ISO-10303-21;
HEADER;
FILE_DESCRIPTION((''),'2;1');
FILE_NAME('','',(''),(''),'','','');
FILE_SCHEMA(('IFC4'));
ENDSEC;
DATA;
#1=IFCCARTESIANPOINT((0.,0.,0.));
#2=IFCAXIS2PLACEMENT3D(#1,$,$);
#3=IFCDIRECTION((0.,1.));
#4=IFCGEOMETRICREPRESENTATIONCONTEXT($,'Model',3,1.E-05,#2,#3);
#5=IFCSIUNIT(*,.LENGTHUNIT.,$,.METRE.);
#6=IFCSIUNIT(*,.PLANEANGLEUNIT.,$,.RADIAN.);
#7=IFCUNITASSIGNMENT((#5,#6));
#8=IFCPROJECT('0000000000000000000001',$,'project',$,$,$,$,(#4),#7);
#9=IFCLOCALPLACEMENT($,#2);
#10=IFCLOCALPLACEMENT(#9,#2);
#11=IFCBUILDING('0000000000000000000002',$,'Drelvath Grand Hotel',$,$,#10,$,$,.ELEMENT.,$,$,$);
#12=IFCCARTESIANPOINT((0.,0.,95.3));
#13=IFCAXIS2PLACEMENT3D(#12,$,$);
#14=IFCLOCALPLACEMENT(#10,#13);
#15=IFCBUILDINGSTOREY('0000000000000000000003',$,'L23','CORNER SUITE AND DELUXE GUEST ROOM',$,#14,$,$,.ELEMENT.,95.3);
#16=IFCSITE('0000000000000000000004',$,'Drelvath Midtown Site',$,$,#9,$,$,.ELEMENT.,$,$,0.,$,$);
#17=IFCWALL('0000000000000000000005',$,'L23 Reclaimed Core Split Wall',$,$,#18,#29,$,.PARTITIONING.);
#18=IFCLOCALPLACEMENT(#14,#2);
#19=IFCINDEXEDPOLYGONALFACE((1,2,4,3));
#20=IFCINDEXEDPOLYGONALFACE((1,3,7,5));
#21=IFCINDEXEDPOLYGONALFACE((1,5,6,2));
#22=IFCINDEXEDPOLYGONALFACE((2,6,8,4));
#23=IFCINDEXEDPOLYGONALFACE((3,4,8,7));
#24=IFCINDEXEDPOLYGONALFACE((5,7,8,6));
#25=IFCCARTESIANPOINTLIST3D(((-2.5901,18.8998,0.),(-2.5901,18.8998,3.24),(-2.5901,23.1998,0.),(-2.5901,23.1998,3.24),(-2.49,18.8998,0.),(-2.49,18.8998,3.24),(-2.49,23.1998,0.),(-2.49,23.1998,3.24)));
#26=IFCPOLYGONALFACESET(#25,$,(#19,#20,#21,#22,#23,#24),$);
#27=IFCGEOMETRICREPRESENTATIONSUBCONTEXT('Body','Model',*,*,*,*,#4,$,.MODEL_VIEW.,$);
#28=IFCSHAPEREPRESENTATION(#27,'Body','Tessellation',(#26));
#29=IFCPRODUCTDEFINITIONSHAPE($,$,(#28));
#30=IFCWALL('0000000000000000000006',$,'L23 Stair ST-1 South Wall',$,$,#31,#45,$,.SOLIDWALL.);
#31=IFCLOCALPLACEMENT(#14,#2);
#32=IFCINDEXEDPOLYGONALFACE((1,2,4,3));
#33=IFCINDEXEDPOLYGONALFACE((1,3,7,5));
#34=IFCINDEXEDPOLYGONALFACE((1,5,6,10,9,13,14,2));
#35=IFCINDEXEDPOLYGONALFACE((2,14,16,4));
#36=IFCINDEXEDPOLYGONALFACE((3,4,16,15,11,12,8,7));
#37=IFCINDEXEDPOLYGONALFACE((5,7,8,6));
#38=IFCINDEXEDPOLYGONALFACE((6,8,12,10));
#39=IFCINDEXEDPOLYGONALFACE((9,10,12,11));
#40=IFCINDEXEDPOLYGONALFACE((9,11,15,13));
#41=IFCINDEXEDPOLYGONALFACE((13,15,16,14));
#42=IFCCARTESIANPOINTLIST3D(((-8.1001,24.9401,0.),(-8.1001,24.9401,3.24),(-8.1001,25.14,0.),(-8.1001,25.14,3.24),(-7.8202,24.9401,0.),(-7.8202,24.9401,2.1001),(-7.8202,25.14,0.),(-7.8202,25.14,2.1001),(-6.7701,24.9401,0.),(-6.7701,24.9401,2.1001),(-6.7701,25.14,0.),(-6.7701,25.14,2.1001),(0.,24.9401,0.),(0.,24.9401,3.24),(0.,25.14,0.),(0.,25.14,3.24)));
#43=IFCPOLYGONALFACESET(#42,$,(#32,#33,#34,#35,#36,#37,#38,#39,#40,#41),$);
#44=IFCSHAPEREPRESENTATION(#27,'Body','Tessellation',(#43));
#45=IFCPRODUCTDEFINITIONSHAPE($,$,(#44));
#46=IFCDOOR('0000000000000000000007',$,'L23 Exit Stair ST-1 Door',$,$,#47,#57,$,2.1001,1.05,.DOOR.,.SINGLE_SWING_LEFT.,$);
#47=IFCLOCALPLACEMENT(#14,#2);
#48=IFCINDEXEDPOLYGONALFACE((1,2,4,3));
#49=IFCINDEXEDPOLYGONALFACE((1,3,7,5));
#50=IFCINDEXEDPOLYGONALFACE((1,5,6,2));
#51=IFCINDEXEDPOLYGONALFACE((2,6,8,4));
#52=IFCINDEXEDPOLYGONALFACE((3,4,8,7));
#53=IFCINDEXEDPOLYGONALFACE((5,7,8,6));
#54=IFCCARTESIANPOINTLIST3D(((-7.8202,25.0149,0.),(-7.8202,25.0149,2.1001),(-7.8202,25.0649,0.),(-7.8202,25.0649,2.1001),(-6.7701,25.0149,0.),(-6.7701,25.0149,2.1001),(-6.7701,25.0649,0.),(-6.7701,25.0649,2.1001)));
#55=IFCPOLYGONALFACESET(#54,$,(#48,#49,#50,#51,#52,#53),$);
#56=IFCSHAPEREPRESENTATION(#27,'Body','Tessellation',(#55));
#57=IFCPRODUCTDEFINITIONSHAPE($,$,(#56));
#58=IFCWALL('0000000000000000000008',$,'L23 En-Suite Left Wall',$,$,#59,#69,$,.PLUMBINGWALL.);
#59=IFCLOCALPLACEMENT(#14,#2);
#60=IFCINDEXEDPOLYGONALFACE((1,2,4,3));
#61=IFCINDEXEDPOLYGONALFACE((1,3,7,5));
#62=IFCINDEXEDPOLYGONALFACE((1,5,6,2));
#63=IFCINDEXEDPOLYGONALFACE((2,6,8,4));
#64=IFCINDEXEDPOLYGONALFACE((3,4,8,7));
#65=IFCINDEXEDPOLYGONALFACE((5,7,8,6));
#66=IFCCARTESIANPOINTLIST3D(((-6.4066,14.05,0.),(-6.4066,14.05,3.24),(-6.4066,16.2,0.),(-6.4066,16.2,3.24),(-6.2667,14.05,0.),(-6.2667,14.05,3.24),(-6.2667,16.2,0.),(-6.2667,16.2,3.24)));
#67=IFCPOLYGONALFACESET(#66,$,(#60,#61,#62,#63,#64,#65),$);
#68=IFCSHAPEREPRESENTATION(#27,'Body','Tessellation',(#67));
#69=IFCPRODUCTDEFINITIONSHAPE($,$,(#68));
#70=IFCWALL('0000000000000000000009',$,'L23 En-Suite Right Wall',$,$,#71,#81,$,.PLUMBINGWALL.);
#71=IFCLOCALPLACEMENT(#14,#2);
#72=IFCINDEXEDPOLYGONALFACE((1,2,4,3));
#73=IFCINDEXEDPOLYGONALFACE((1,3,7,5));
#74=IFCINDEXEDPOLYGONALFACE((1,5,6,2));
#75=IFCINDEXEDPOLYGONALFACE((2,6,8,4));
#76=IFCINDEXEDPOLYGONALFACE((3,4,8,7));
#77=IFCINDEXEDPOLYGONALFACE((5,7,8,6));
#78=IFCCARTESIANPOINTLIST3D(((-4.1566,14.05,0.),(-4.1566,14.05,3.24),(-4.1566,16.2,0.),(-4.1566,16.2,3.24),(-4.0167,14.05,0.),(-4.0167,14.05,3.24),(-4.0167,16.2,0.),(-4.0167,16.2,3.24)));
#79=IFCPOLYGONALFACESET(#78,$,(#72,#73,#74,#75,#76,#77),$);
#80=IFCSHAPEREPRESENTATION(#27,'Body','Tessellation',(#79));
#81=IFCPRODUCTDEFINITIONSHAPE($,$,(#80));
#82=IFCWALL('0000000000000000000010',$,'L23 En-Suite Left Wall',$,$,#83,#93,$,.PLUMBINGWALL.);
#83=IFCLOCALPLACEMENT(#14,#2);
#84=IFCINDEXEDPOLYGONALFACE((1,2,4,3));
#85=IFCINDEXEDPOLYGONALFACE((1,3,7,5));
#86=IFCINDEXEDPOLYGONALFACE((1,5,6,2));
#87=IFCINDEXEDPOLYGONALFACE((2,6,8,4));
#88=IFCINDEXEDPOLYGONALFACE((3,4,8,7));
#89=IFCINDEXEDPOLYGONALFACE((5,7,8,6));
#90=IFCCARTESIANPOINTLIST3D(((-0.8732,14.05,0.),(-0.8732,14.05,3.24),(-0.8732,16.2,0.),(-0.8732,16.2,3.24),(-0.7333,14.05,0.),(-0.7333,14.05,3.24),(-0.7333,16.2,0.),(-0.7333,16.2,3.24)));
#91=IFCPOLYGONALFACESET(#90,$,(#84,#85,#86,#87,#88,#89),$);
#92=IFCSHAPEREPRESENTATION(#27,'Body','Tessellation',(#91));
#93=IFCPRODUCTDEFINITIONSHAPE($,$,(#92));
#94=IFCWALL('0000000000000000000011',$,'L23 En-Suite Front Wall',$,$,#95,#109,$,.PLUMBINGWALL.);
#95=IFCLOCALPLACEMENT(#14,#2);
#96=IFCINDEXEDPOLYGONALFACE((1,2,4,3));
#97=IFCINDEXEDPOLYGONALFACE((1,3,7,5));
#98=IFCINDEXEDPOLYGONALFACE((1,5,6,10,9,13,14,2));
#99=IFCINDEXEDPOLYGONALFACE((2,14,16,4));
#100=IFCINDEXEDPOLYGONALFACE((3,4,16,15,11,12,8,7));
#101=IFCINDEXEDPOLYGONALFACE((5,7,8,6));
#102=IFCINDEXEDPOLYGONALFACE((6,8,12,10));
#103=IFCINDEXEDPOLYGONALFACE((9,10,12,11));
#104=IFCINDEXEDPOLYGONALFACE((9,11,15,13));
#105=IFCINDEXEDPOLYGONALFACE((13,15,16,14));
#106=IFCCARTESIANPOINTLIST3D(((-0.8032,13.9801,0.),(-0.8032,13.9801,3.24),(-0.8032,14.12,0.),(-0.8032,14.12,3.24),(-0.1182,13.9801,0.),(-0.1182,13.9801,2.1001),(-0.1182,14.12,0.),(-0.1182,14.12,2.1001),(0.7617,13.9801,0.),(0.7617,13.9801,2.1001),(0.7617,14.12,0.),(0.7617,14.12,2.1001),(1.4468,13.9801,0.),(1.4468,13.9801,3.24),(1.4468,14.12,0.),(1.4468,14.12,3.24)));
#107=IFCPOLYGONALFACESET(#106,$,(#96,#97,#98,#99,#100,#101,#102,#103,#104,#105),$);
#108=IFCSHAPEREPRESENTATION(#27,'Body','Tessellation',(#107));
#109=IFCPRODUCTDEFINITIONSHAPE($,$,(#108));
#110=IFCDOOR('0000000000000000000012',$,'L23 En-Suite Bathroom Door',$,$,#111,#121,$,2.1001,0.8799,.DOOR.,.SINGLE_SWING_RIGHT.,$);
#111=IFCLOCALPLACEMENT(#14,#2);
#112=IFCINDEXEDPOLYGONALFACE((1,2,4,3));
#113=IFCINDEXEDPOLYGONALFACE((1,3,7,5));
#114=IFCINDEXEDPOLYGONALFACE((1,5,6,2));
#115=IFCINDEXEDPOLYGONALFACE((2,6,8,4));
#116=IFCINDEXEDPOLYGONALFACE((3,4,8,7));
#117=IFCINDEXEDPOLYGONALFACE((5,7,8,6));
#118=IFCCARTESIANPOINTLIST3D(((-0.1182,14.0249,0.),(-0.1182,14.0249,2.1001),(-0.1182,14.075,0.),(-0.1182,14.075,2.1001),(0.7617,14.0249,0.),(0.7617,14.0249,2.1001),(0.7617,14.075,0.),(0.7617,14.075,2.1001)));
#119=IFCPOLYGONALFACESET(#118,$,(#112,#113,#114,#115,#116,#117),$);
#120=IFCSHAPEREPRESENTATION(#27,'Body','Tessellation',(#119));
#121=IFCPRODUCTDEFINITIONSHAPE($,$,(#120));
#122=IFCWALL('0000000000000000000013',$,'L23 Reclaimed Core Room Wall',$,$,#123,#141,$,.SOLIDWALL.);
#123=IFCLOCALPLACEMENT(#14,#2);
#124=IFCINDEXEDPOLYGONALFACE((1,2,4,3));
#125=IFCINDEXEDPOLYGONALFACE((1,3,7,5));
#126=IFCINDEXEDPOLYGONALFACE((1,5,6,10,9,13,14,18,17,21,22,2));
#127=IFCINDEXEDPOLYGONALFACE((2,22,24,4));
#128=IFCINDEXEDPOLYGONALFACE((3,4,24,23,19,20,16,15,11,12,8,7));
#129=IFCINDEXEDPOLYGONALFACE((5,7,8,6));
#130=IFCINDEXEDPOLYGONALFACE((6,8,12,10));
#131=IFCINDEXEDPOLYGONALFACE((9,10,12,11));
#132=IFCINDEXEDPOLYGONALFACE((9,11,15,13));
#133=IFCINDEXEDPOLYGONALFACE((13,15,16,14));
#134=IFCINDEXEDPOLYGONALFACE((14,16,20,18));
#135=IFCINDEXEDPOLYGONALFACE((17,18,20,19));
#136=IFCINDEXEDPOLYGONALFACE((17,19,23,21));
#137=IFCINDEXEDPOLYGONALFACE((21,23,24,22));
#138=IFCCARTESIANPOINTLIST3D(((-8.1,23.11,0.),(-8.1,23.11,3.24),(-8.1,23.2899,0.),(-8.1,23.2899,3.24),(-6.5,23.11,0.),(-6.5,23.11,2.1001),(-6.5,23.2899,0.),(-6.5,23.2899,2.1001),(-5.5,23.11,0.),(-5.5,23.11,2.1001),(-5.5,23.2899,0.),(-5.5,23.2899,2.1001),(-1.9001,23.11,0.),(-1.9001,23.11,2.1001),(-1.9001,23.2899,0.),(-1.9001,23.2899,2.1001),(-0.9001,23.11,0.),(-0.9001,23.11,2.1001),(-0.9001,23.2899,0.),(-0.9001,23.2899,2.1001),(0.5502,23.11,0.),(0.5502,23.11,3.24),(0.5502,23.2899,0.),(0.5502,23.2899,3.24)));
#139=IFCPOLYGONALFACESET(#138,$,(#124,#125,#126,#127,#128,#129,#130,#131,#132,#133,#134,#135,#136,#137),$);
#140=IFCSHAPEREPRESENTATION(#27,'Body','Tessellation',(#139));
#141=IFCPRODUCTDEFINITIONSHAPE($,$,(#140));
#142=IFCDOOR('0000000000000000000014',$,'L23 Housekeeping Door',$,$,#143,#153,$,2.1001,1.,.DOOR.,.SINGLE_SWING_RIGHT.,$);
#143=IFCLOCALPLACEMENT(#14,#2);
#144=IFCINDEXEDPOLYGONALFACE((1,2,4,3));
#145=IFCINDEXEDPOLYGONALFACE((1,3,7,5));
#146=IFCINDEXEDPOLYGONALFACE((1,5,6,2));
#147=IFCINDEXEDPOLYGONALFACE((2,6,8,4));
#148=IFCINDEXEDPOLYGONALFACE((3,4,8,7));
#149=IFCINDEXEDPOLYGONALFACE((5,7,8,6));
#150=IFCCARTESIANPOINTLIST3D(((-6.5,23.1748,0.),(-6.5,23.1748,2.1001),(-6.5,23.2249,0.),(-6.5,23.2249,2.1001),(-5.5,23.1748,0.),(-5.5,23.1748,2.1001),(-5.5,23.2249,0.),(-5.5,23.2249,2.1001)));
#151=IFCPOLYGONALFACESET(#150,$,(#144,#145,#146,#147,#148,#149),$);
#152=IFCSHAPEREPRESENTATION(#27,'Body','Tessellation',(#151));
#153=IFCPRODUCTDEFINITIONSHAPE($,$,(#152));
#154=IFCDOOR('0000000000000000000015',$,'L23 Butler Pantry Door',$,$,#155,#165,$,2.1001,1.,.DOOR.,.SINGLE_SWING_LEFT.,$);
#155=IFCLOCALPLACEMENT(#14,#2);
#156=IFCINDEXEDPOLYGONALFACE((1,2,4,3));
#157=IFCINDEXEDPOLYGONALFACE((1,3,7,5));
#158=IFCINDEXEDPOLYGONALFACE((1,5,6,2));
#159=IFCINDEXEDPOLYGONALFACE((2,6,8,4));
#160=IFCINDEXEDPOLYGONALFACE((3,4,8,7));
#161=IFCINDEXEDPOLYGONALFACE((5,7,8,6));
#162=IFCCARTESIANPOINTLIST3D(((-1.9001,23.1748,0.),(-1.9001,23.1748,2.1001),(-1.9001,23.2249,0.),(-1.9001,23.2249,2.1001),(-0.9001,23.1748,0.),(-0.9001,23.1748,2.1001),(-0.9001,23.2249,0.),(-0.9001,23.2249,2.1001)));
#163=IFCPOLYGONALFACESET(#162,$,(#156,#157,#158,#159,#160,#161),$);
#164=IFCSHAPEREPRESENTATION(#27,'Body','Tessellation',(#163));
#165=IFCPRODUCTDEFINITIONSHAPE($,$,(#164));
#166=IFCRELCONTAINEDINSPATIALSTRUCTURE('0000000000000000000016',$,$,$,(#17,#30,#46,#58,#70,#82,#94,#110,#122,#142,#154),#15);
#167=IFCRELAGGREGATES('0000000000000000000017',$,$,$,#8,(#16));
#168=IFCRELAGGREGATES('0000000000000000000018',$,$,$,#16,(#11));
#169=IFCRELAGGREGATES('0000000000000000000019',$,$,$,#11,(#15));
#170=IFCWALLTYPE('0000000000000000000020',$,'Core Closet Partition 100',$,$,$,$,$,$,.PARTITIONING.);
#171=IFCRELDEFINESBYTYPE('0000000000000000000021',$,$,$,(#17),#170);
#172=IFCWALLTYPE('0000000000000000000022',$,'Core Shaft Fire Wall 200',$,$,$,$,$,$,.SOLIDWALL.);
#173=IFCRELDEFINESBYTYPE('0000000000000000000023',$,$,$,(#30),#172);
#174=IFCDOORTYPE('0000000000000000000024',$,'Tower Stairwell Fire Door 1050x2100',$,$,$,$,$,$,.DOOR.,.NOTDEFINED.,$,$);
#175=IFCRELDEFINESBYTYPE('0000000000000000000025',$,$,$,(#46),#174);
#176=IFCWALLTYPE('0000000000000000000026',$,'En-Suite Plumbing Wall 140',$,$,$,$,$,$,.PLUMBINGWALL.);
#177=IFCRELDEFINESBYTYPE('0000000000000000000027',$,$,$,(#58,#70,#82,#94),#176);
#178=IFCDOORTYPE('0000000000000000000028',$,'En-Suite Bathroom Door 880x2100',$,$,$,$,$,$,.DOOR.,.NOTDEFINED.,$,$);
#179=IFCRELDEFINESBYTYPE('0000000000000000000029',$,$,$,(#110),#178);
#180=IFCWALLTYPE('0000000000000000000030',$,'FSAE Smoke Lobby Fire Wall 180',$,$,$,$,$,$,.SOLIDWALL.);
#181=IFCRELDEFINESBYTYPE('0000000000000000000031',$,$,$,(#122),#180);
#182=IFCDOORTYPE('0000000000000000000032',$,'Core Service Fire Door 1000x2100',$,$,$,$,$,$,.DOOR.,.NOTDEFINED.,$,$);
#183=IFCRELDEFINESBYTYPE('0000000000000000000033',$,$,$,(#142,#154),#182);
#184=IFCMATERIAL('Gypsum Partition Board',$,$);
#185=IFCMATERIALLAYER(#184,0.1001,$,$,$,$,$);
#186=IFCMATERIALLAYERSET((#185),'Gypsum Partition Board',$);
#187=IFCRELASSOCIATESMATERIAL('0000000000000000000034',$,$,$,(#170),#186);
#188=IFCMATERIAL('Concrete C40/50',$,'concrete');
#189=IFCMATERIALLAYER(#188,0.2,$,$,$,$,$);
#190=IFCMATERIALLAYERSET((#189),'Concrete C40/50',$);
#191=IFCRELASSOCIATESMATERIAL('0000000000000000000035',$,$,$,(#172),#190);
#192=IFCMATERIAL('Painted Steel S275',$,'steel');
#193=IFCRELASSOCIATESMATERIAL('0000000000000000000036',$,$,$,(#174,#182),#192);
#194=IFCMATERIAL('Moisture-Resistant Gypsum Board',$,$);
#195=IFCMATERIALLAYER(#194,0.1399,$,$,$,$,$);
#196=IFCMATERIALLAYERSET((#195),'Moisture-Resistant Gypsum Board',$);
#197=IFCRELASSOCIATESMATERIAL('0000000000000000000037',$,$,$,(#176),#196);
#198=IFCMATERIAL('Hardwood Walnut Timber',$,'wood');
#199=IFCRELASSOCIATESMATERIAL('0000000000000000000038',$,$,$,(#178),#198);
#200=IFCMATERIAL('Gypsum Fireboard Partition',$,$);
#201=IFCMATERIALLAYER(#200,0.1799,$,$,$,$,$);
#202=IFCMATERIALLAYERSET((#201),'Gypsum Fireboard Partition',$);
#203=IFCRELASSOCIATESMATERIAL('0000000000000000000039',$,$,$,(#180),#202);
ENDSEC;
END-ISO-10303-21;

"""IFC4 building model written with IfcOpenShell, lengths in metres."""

from ifc_helpers import new_model, si_unit, direction, frame, frame_2d, origin, place, context, subcontext, project, spatial, rectangle, extrude, material, layer, layer_set, type_object, element, fill, save


model = new_model("IFC4")

# Units and contexts
model_context = context("Model", 3, precision=1e-05, world=origin(), true_north=direction((0.0, 1.0)))
body_context = subcontext(model_context, "Body", "Model", "MODEL_VIEW")
ifc_project = project(units=[si_unit("LENGTHUNIT", "METRE"), si_unit("PLANEANGLEUNIT", "RADIAN")], contexts=[model_context])

# Site, building, storey
site_placement = place(None, origin())
site = spatial("IfcSite", under=ifc_project, at=site_placement, Name="Drelvath Midtown Site", CompositionType="ELEMENT", RefElevation=0.0)
building_placement = place(site_placement, origin())
building = spatial("IfcBuilding", under=site, at=building_placement, Name="Drelvath Grand Hotel", CompositionType="ELEMENT")
storey_placement = place(building_placement, frame((0.0, 0.0, 95.3)))
storey = spatial("IfcBuildingStorey", under=building, at=storey_placement, Name="L23", Description="CORNER SUITE AND DELUXE GUEST ROOM", CompositionType="ELEMENT", Elevation=95.3)

# Wall
ifc_material_1 = material(Name="Gypsum Partition Board")
ifc_layer_1 = layer(ifc_material_1, 0.1001)
ifc_layer_set_1 = layer_set([ifc_layer_1], Name="Gypsum Partition Board")
wall_type_1 = type_object("IfcWallType", Name="Core Closet Partition 100", PredefinedType="PARTITIONING", material=ifc_layer_set_1)
wall_1_placement = place(storey_placement, frame((-2.54, 18.8999, 0.0), z_axis=(0.0, 0.0, 1.0), x_axis=(0.0, 1.0, 0.0)))
element("IfcWall", 1, at=wall_1_placement, inside=storey, type_object=wall_type_1, Name="L23 Reclaimed Core Split Wall", PredefinedType="PARTITIONING", context=body_context, shape_type="SweptSolid", body=[
    extrude(rectangle(XDim=4.3, YDim=0.1001, at=frame_2d((2.1499, 0.0))), origin(), (0.0, 0.0, 1.0), 3.24),
])

# Wall, opening, door
ifc_material_2 = material(Name="Concrete C40/50", Category="concrete")
ifc_layer_2 = layer(ifc_material_2, 0.2)
ifc_layer_set_2 = layer_set([ifc_layer_2], Name="Concrete C40/50")
wall_type_2 = type_object("IfcWallType", Name="Core Shaft Fire Wall 200", PredefinedType="SOLIDWALL", material=ifc_layer_set_2)
wall_2_placement = place(storey_placement, frame((-8.1001, 25.04, 0.0), z_axis=(0.0, 0.0, 1.0), x_axis=(1.0, 0.0, 0.0)))
wall_2 = element("IfcWall", 2, at=wall_2_placement, inside=storey, type_object=wall_type_2, Name="L23 Stair ST-1 South Wall", PredefinedType="SOLIDWALL", context=body_context, shape_type="SweptSolid", body=[
    extrude(rectangle(XDim=8.1001, YDim=0.2, at=frame_2d((4.05, 0.0))), origin(), (0.0, 0.0, 1.0), 3.24),
])
opening_1_placement = place(wall_2_placement, frame((0.28, 0.0, 0.0)))
opening_1 = element("IfcOpeningElement", 3, at=opening_1_placement, cuts=wall_2, PredefinedType="OPENING", context=body_context, shape_type="SweptSolid", body=[
    extrude(rectangle(XDim=1.05, YDim=2.1001, at=frame_2d((0.5249, 1.05))), frame((0.0, 0.1099, 0.0), z_axis=(0.0, -1.0, 0.0), x_axis=(1.0, 0.0, 0.0)), (0.0, 0.0, 1.0), 0.22),
])
ifc_material_3 = material(Name="Painted Steel S275", Category="steel")
door_type_1 = type_object("IfcDoorType", Name="Tower Stairwell Fire Door 1050x2100", OperationType="NOTDEFINED", PredefinedType="DOOR", material=ifc_material_3)
door_1_placement = place(opening_1_placement, origin())
door_1 = element("IfcDoor", 4, at=door_1_placement, inside=storey, type_object=door_type_1, Name="L23 Exit Stair ST-1 Door", OperationType="SINGLE_SWING_LEFT", OverallHeight=2.1001, OverallWidth=1.05, PredefinedType="DOOR", context=body_context, shape_type="SweptSolid", body=[
    extrude(rectangle(XDim=1.05, YDim=2.1001, at=frame_2d((0.5249, 1.05))), frame((0.0, 0.0249, 0.0), z_axis=(0.0, -1.0, 0.0), x_axis=(1.0, 0.0, 0.0)), (0.0, 0.0, 1.0), 0.05),
])
fill(opening_1, door_1)

# Walls
ifc_material_4 = material(Name="Moisture-Resistant Gypsum Board")
ifc_layer_3 = layer(ifc_material_4, 0.1399)
ifc_layer_set_3 = layer_set([ifc_layer_3], Name="Moisture-Resistant Gypsum Board")
wall_type_3 = type_object("IfcWallType", Name="En-Suite Plumbing Wall 140", PredefinedType="PLUMBINGWALL", material=ifc_layer_set_3)
for number, where, z_axis, x_axis, name in (
    (5, (-6.3367, 16.2, 0.0), (0.0, 0.0, 1.0), (0.0, -1.0, 0.0), "L23 En-Suite Left Wall"),
    (6, (-4.0867, 16.2, 0.0), (0.0, 0.0, 1.0), (0.0, -1.0, 0.0), "L23 En-Suite Right Wall"),
    (7, (-0.8032, 16.2, 0.0), (0.0, 0.0, 1.0), (0.0, -1.0, 0.0), "L23 En-Suite Left Wall"),
):
    element("IfcWall", number, at=place(storey_placement, frame(where, z_axis=z_axis, x_axis=x_axis)), inside=storey, type_object=wall_type_3, Name=name, PredefinedType="PLUMBINGWALL", context=body_context, shape_type="SweptSolid", body=[
        extrude(rectangle(XDim=2.1499, YDim=0.1399, at=frame_2d((1.075, 0.0))), origin(), (0.0, 0.0, 1.0), 3.24),
    ])

# Wall, opening, door
wall_3_placement = place(storey_placement, frame((-0.8032, 14.05, 0.0), z_axis=(0.0, 0.0, 1.0), x_axis=(1.0, 0.0, 0.0)))
wall_3 = element("IfcWall", 8, at=wall_3_placement, inside=storey, type_object=wall_type_3, Name="L23 En-Suite Front Wall", PredefinedType="PLUMBINGWALL", context=body_context, shape_type="SweptSolid", body=[
    extrude(rectangle(XDim=2.25, YDim=0.1399, at=frame_2d((1.125, 0.0))), origin(), (0.0, 0.0, 1.0), 3.24),
])
opening_2_placement = place(wall_3_placement, frame((0.6851, 0.0, 0.0)))
opening_2 = element("IfcOpeningElement", 9, at=opening_2_placement, cuts=wall_3, PredefinedType="OPENING", context=body_context, shape_type="SweptSolid", body=[
    extrude(rectangle(XDim=0.8799, YDim=2.1001, at=frame_2d((0.4399, 1.05))), frame((0.0, 0.0798, 0.0), z_axis=(0.0, -1.0, 0.0), x_axis=(1.0, 0.0, 0.0)), (0.0, 0.0, 1.0), 0.1599),
])
ifc_material_5 = material(Name="Hardwood Walnut Timber", Category="wood")
door_type_2 = type_object("IfcDoorType", Name="En-Suite Bathroom Door 880x2100", OperationType="NOTDEFINED", PredefinedType="DOOR", material=ifc_material_5)
door_2_placement = place(opening_2_placement, origin())
door_2 = element("IfcDoor", 10, at=door_2_placement, inside=storey, type_object=door_type_2, Name="L23 En-Suite Bathroom Door", OperationType="SINGLE_SWING_RIGHT", OverallHeight=2.1001, OverallWidth=0.8799, PredefinedType="DOOR", context=body_context, shape_type="SweptSolid", body=[
    extrude(rectangle(XDim=0.8799, YDim=2.1001, at=frame_2d((0.4399, 1.05))), frame((0.0, 0.0249, 0.0), z_axis=(0.0, -1.0, 0.0), x_axis=(1.0, 0.0, 0.0)), (0.0, 0.0, 1.0), 0.05),
])
fill(opening_2, door_2)

# Wall, openings, doors
ifc_material_6 = material(Name="Gypsum Fireboard Partition")
ifc_layer_4 = layer(ifc_material_6, 0.1799)
ifc_layer_set_4 = layer_set([ifc_layer_4], Name="Gypsum Fireboard Partition")
wall_type_4 = type_object("IfcWallType", Name="FSAE Smoke Lobby Fire Wall 180", PredefinedType="SOLIDWALL", material=ifc_layer_set_4)
wall_4_placement = place(storey_placement, frame((-8.1001, 23.2, 0.0), z_axis=(0.0, 0.0, 1.0), x_axis=(1.0, 0.0, 0.0)))
wall_4 = element("IfcWall", 11, at=wall_4_placement, inside=storey, type_object=wall_type_4, Name="L23 Reclaimed Core Room Wall", PredefinedType="SOLIDWALL", context=body_context, shape_type="SweptSolid", body=[
    extrude(rectangle(XDim=8.6501, YDim=0.1799, at=frame_2d((4.3252, 0.0))), origin(), (0.0, 0.0, 1.0), 3.24),
])
opening_3_placement = place(wall_4_placement, frame((1.6001, 0.0, 0.0)))
opening_3 = element("IfcOpeningElement", 12, at=opening_3_placement, cuts=wall_4, PredefinedType="OPENING", context=body_context, shape_type="SweptSolid", body=[
    extrude(rectangle(XDim=1.0, YDim=2.1001, at=frame_2d((0.5, 1.05))), frame((0.0, 0.0999, 0.0), z_axis=(0.0, -1.0, 0.0), x_axis=(1.0, 0.0, 0.0)), (0.0, 0.0, 1.0), 0.2),
])
opening_4_placement = place(wall_4_placement, frame((6.2, 0.0, 0.0)))
opening_4 = element("IfcOpeningElement", 13, at=opening_4_placement, cuts=wall_4, PredefinedType="OPENING", context=body_context, shape_type="SweptSolid", body=[
    extrude(rectangle(XDim=1.0, YDim=2.1001, at=frame_2d((0.5, 1.05))), frame((0.0, 0.0999, 0.0), z_axis=(0.0, -1.0, 0.0), x_axis=(1.0, 0.0, 0.0)), (0.0, 0.0, 1.0), 0.2),
])
door_type_3 = type_object("IfcDoorType", Name="Core Service Fire Door 1000x2100", OperationType="NOTDEFINED", PredefinedType="DOOR", material=ifc_material_3)
door_3_placement = place(opening_3_placement, origin())
door_3 = element("IfcDoor", 14, at=door_3_placement, inside=storey, type_object=door_type_3, Name="L23 Housekeeping Door", OperationType="SINGLE_SWING_RIGHT", OverallHeight=2.1001, OverallWidth=1.0, PredefinedType="DOOR", context=body_context, shape_type="SweptSolid", body=[
    extrude(rectangle(XDim=1.0, YDim=2.1001, at=frame_2d((0.5, 1.05))), frame((0.0, 0.0249, 0.0), z_axis=(0.0, -1.0, 0.0), x_axis=(1.0, 0.0, 0.0)), (0.0, 0.0, 1.0), 0.05),
])
fill(opening_3, door_3)
door_4_placement = place(opening_4_placement, origin())
door_4 = element("IfcDoor", 15, at=door_4_placement, inside=storey, type_object=door_type_3, Name="L23 Butler Pantry Door", OperationType="SINGLE_SWING_LEFT", OverallHeight=2.1001, OverallWidth=1.0, PredefinedType="DOOR", context=body_context, shape_type="SweptSolid", body=[
    extrude(rectangle(XDim=1.0, YDim=2.1001, at=frame_2d((0.5, 1.05))), frame((0.0, 0.0249, 0.0), z_axis=(0.0, -1.0, 0.0), x_axis=(1.0, 0.0, 0.0)), (0.0, 0.0, 1.0), 0.05),
])
fill(opening_4, door_4)

save(model, "model.ifc")
